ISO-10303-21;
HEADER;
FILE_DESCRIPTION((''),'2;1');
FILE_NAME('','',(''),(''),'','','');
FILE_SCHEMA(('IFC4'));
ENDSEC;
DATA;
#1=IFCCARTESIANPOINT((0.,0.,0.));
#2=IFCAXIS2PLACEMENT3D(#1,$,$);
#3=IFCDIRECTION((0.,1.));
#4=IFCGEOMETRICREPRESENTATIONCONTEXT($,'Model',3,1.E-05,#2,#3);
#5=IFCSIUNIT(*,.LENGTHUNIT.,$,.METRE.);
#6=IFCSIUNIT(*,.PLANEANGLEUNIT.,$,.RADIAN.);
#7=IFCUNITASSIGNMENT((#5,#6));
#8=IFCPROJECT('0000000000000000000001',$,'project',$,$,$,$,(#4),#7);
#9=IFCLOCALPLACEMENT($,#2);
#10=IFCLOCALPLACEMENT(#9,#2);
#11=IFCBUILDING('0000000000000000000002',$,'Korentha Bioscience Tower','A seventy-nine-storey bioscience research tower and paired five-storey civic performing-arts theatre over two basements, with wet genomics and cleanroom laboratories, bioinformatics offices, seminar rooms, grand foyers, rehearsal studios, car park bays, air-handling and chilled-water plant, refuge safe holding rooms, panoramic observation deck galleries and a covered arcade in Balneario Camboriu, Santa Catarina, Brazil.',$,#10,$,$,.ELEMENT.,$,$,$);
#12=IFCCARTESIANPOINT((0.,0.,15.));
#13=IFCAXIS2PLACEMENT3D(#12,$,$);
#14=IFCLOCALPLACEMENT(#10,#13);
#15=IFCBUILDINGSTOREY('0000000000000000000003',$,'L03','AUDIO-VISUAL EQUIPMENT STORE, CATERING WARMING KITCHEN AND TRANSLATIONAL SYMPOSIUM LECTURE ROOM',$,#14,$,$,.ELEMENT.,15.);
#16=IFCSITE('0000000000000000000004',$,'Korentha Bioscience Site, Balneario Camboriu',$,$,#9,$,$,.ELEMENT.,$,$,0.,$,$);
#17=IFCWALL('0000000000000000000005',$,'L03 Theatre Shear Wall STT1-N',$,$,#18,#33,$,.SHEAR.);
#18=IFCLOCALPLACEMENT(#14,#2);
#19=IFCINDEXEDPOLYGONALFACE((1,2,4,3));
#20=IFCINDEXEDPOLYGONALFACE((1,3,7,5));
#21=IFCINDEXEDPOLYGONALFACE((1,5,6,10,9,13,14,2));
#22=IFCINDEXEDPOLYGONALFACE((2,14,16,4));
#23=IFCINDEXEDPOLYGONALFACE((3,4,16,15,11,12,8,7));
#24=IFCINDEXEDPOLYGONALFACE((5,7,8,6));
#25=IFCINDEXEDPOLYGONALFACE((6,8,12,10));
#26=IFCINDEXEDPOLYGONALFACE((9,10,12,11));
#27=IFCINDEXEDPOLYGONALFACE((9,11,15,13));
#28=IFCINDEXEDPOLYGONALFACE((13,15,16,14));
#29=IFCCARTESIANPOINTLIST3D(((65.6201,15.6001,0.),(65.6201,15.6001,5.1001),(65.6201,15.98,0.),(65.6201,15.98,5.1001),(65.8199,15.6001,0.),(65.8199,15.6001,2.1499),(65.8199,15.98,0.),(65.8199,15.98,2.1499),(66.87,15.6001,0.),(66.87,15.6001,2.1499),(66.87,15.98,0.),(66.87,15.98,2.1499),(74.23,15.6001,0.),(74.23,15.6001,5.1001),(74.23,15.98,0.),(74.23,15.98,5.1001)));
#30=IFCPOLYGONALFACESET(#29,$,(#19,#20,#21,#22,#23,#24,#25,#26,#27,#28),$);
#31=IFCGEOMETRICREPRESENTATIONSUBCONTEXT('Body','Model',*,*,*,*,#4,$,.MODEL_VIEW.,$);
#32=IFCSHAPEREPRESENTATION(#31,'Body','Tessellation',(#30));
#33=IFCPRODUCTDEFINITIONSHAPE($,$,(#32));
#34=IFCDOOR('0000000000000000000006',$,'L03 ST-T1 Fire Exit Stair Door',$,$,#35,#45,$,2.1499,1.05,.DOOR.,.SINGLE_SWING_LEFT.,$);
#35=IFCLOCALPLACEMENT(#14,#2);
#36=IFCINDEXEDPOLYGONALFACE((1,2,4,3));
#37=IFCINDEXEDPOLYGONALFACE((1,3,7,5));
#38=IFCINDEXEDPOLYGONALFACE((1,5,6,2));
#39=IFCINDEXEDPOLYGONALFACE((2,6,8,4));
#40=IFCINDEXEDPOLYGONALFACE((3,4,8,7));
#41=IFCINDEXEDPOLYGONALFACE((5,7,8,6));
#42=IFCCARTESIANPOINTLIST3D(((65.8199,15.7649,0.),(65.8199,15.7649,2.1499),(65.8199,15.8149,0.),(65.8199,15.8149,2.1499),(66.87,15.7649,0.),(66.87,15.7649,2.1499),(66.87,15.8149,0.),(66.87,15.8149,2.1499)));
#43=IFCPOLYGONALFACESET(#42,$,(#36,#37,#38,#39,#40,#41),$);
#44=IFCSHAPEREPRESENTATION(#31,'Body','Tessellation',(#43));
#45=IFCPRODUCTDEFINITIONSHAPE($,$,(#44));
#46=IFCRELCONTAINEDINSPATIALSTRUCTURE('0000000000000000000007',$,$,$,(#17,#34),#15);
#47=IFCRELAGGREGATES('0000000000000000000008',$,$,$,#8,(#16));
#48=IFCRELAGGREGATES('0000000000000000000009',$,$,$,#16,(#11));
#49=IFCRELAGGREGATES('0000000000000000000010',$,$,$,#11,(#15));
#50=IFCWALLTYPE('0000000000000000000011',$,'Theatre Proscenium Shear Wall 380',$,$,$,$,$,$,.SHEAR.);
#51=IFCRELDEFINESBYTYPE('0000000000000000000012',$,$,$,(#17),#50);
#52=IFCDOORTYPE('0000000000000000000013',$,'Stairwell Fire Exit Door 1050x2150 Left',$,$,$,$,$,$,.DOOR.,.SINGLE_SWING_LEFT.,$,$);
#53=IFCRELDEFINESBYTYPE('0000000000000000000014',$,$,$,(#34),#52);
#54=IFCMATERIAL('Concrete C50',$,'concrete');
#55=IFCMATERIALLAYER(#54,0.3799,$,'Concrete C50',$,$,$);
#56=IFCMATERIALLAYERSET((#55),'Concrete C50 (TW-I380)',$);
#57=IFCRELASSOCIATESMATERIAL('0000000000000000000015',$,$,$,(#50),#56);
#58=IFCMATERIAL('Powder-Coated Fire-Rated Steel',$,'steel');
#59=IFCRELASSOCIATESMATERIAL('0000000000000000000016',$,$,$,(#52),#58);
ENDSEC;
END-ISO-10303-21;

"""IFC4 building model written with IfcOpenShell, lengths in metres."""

from ifc_helpers import new_model, si_unit, direction, frame, frame_2d, origin, place, context, subcontext, project, spatial, rectangle, extrude, material, layer, layer_set, type_object, element, fill, save


model = new_model("IFC4")

# Units and contexts
model_context = context("Model", 3, precision=1e-05, world=origin(), true_north=direction((0.0, 1.0)))
body_context = subcontext(model_context, "Body", "Model", "MODEL_VIEW")
ifc_project = project(units=[si_unit("LENGTHUNIT", "METRE"), si_unit("PLANEANGLEUNIT", "RADIAN")], contexts=[model_context])

# Site, building, storey
site_placement = place(None, origin())
site = spatial("IfcSite", under=ifc_project, at=site_placement, Name="Korentha Bioscience Site, Balneario Camboriu", CompositionType="ELEMENT", RefElevation=0.0)
building_placement = place(site_placement, origin())
building = spatial("IfcBuilding", under=site, at=building_placement, Name="Korentha Bioscience Tower", Description="A seventy-nine-storey bioscience research tower and paired five-storey civic performing-arts theatre over two basements, with wet genomics and cleanroom laboratories, bioinformatics offices, seminar rooms, grand foyers, rehearsal studios, car park bays, air-handling and chilled-water plant, refuge safe holding rooms, panoramic observation deck galleries and a covered arcade in Balneario Camboriu, Santa Catarina, Brazil.", CompositionType="ELEMENT")
storey_placement = place(building_placement, frame((0.0, 0.0, 15.0)))
storey = spatial("IfcBuildingStorey", under=building, at=storey_placement, Name="L03", Description="AUDIO-VISUAL EQUIPMENT STORE, CATERING WARMING KITCHEN AND TRANSLATIONAL SYMPOSIUM LECTURE ROOM", CompositionType="ELEMENT", Elevation=15.0)

# Shared definitions
ifc_material_1 = material(Name="Concrete C50", Category="concrete")

# Wall, opening, door
ifc_layer_1 = layer(ifc_material_1, 0.3799, Name="Concrete C50")
ifc_layer_set_1 = layer_set([ifc_layer_1], Name="Concrete C50 (TW-I380)")
wall_type_1 = type_object("IfcWallType", Name="Theatre Proscenium Shear Wall 380", PredefinedType="SHEAR", material=ifc_layer_set_1)
wall_1_placement = place(storey_placement, frame((65.6201, 15.79, 0.0), z_axis=(0.0, 0.0, 1.0), x_axis=(1.0, 0.0, 0.0)))
wall_1 = element("IfcWall", 1, at=wall_1_placement, inside=storey, type_object=wall_type_1, Name="L03 Theatre Shear Wall STT1-N", PredefinedType="SHEAR", context=body_context, shape_type="SweptSolid", body=[
    extrude(rectangle(XDim=8.6099, YDim=0.3799, at=frame_2d((4.3049, 0.0))), origin(), (0.0, 0.0, 1.0), 5.1001),
])
opening_placement = place(wall_1_placement, frame((0.2, 0.0, 0.0)))
opening = element("IfcOpeningElement", 2, at=opening_placement, cuts=wall_1, PredefinedType="OPENING", context=body_context, shape_type="SweptSolid", body=[
    extrude(rectangle(XDim=1.05, YDim=2.1499, at=frame_2d((0.5249, 1.075))), frame((0.0, 0.2048, 0.0), z_axis=(0.0, -1.0, 0.0), x_axis=(1.0, 0.0, 0.0)), (0.0, 0.0, 1.0), 0.4097),
])
ifc_material_2 = material(Name="Powder-Coated Fire-Rated Steel", Category="steel")
door_type = type_object("IfcDoorType", Name="Stairwell Fire Exit Door 1050x2150 Left", OperationType="SINGLE_SWING_LEFT", PredefinedType="DOOR", material=ifc_material_2)
door_placement = place(opening_placement, origin())
door = element("IfcDoor", 3, at=door_placement, inside=storey, type_object=door_type, Name="L03 ST-T1 Fire Exit Stair Door", OperationType="SINGLE_SWING_LEFT", OverallHeight=2.1499, OverallWidth=1.05, PredefinedType="DOOR", context=body_context, shape_type="SweptSolid", body=[
    extrude(rectangle(XDim=1.05, YDim=2.1499, at=frame_2d((0.5249, 1.075))), frame((0.0, 0.0249, 0.0), z_axis=(0.0, -1.0, 0.0), x_axis=(1.0, 0.0, 0.0)), (0.0, 0.0, 1.0), 0.05),
])
fill(opening, door)

save(model, "model.ifc")
